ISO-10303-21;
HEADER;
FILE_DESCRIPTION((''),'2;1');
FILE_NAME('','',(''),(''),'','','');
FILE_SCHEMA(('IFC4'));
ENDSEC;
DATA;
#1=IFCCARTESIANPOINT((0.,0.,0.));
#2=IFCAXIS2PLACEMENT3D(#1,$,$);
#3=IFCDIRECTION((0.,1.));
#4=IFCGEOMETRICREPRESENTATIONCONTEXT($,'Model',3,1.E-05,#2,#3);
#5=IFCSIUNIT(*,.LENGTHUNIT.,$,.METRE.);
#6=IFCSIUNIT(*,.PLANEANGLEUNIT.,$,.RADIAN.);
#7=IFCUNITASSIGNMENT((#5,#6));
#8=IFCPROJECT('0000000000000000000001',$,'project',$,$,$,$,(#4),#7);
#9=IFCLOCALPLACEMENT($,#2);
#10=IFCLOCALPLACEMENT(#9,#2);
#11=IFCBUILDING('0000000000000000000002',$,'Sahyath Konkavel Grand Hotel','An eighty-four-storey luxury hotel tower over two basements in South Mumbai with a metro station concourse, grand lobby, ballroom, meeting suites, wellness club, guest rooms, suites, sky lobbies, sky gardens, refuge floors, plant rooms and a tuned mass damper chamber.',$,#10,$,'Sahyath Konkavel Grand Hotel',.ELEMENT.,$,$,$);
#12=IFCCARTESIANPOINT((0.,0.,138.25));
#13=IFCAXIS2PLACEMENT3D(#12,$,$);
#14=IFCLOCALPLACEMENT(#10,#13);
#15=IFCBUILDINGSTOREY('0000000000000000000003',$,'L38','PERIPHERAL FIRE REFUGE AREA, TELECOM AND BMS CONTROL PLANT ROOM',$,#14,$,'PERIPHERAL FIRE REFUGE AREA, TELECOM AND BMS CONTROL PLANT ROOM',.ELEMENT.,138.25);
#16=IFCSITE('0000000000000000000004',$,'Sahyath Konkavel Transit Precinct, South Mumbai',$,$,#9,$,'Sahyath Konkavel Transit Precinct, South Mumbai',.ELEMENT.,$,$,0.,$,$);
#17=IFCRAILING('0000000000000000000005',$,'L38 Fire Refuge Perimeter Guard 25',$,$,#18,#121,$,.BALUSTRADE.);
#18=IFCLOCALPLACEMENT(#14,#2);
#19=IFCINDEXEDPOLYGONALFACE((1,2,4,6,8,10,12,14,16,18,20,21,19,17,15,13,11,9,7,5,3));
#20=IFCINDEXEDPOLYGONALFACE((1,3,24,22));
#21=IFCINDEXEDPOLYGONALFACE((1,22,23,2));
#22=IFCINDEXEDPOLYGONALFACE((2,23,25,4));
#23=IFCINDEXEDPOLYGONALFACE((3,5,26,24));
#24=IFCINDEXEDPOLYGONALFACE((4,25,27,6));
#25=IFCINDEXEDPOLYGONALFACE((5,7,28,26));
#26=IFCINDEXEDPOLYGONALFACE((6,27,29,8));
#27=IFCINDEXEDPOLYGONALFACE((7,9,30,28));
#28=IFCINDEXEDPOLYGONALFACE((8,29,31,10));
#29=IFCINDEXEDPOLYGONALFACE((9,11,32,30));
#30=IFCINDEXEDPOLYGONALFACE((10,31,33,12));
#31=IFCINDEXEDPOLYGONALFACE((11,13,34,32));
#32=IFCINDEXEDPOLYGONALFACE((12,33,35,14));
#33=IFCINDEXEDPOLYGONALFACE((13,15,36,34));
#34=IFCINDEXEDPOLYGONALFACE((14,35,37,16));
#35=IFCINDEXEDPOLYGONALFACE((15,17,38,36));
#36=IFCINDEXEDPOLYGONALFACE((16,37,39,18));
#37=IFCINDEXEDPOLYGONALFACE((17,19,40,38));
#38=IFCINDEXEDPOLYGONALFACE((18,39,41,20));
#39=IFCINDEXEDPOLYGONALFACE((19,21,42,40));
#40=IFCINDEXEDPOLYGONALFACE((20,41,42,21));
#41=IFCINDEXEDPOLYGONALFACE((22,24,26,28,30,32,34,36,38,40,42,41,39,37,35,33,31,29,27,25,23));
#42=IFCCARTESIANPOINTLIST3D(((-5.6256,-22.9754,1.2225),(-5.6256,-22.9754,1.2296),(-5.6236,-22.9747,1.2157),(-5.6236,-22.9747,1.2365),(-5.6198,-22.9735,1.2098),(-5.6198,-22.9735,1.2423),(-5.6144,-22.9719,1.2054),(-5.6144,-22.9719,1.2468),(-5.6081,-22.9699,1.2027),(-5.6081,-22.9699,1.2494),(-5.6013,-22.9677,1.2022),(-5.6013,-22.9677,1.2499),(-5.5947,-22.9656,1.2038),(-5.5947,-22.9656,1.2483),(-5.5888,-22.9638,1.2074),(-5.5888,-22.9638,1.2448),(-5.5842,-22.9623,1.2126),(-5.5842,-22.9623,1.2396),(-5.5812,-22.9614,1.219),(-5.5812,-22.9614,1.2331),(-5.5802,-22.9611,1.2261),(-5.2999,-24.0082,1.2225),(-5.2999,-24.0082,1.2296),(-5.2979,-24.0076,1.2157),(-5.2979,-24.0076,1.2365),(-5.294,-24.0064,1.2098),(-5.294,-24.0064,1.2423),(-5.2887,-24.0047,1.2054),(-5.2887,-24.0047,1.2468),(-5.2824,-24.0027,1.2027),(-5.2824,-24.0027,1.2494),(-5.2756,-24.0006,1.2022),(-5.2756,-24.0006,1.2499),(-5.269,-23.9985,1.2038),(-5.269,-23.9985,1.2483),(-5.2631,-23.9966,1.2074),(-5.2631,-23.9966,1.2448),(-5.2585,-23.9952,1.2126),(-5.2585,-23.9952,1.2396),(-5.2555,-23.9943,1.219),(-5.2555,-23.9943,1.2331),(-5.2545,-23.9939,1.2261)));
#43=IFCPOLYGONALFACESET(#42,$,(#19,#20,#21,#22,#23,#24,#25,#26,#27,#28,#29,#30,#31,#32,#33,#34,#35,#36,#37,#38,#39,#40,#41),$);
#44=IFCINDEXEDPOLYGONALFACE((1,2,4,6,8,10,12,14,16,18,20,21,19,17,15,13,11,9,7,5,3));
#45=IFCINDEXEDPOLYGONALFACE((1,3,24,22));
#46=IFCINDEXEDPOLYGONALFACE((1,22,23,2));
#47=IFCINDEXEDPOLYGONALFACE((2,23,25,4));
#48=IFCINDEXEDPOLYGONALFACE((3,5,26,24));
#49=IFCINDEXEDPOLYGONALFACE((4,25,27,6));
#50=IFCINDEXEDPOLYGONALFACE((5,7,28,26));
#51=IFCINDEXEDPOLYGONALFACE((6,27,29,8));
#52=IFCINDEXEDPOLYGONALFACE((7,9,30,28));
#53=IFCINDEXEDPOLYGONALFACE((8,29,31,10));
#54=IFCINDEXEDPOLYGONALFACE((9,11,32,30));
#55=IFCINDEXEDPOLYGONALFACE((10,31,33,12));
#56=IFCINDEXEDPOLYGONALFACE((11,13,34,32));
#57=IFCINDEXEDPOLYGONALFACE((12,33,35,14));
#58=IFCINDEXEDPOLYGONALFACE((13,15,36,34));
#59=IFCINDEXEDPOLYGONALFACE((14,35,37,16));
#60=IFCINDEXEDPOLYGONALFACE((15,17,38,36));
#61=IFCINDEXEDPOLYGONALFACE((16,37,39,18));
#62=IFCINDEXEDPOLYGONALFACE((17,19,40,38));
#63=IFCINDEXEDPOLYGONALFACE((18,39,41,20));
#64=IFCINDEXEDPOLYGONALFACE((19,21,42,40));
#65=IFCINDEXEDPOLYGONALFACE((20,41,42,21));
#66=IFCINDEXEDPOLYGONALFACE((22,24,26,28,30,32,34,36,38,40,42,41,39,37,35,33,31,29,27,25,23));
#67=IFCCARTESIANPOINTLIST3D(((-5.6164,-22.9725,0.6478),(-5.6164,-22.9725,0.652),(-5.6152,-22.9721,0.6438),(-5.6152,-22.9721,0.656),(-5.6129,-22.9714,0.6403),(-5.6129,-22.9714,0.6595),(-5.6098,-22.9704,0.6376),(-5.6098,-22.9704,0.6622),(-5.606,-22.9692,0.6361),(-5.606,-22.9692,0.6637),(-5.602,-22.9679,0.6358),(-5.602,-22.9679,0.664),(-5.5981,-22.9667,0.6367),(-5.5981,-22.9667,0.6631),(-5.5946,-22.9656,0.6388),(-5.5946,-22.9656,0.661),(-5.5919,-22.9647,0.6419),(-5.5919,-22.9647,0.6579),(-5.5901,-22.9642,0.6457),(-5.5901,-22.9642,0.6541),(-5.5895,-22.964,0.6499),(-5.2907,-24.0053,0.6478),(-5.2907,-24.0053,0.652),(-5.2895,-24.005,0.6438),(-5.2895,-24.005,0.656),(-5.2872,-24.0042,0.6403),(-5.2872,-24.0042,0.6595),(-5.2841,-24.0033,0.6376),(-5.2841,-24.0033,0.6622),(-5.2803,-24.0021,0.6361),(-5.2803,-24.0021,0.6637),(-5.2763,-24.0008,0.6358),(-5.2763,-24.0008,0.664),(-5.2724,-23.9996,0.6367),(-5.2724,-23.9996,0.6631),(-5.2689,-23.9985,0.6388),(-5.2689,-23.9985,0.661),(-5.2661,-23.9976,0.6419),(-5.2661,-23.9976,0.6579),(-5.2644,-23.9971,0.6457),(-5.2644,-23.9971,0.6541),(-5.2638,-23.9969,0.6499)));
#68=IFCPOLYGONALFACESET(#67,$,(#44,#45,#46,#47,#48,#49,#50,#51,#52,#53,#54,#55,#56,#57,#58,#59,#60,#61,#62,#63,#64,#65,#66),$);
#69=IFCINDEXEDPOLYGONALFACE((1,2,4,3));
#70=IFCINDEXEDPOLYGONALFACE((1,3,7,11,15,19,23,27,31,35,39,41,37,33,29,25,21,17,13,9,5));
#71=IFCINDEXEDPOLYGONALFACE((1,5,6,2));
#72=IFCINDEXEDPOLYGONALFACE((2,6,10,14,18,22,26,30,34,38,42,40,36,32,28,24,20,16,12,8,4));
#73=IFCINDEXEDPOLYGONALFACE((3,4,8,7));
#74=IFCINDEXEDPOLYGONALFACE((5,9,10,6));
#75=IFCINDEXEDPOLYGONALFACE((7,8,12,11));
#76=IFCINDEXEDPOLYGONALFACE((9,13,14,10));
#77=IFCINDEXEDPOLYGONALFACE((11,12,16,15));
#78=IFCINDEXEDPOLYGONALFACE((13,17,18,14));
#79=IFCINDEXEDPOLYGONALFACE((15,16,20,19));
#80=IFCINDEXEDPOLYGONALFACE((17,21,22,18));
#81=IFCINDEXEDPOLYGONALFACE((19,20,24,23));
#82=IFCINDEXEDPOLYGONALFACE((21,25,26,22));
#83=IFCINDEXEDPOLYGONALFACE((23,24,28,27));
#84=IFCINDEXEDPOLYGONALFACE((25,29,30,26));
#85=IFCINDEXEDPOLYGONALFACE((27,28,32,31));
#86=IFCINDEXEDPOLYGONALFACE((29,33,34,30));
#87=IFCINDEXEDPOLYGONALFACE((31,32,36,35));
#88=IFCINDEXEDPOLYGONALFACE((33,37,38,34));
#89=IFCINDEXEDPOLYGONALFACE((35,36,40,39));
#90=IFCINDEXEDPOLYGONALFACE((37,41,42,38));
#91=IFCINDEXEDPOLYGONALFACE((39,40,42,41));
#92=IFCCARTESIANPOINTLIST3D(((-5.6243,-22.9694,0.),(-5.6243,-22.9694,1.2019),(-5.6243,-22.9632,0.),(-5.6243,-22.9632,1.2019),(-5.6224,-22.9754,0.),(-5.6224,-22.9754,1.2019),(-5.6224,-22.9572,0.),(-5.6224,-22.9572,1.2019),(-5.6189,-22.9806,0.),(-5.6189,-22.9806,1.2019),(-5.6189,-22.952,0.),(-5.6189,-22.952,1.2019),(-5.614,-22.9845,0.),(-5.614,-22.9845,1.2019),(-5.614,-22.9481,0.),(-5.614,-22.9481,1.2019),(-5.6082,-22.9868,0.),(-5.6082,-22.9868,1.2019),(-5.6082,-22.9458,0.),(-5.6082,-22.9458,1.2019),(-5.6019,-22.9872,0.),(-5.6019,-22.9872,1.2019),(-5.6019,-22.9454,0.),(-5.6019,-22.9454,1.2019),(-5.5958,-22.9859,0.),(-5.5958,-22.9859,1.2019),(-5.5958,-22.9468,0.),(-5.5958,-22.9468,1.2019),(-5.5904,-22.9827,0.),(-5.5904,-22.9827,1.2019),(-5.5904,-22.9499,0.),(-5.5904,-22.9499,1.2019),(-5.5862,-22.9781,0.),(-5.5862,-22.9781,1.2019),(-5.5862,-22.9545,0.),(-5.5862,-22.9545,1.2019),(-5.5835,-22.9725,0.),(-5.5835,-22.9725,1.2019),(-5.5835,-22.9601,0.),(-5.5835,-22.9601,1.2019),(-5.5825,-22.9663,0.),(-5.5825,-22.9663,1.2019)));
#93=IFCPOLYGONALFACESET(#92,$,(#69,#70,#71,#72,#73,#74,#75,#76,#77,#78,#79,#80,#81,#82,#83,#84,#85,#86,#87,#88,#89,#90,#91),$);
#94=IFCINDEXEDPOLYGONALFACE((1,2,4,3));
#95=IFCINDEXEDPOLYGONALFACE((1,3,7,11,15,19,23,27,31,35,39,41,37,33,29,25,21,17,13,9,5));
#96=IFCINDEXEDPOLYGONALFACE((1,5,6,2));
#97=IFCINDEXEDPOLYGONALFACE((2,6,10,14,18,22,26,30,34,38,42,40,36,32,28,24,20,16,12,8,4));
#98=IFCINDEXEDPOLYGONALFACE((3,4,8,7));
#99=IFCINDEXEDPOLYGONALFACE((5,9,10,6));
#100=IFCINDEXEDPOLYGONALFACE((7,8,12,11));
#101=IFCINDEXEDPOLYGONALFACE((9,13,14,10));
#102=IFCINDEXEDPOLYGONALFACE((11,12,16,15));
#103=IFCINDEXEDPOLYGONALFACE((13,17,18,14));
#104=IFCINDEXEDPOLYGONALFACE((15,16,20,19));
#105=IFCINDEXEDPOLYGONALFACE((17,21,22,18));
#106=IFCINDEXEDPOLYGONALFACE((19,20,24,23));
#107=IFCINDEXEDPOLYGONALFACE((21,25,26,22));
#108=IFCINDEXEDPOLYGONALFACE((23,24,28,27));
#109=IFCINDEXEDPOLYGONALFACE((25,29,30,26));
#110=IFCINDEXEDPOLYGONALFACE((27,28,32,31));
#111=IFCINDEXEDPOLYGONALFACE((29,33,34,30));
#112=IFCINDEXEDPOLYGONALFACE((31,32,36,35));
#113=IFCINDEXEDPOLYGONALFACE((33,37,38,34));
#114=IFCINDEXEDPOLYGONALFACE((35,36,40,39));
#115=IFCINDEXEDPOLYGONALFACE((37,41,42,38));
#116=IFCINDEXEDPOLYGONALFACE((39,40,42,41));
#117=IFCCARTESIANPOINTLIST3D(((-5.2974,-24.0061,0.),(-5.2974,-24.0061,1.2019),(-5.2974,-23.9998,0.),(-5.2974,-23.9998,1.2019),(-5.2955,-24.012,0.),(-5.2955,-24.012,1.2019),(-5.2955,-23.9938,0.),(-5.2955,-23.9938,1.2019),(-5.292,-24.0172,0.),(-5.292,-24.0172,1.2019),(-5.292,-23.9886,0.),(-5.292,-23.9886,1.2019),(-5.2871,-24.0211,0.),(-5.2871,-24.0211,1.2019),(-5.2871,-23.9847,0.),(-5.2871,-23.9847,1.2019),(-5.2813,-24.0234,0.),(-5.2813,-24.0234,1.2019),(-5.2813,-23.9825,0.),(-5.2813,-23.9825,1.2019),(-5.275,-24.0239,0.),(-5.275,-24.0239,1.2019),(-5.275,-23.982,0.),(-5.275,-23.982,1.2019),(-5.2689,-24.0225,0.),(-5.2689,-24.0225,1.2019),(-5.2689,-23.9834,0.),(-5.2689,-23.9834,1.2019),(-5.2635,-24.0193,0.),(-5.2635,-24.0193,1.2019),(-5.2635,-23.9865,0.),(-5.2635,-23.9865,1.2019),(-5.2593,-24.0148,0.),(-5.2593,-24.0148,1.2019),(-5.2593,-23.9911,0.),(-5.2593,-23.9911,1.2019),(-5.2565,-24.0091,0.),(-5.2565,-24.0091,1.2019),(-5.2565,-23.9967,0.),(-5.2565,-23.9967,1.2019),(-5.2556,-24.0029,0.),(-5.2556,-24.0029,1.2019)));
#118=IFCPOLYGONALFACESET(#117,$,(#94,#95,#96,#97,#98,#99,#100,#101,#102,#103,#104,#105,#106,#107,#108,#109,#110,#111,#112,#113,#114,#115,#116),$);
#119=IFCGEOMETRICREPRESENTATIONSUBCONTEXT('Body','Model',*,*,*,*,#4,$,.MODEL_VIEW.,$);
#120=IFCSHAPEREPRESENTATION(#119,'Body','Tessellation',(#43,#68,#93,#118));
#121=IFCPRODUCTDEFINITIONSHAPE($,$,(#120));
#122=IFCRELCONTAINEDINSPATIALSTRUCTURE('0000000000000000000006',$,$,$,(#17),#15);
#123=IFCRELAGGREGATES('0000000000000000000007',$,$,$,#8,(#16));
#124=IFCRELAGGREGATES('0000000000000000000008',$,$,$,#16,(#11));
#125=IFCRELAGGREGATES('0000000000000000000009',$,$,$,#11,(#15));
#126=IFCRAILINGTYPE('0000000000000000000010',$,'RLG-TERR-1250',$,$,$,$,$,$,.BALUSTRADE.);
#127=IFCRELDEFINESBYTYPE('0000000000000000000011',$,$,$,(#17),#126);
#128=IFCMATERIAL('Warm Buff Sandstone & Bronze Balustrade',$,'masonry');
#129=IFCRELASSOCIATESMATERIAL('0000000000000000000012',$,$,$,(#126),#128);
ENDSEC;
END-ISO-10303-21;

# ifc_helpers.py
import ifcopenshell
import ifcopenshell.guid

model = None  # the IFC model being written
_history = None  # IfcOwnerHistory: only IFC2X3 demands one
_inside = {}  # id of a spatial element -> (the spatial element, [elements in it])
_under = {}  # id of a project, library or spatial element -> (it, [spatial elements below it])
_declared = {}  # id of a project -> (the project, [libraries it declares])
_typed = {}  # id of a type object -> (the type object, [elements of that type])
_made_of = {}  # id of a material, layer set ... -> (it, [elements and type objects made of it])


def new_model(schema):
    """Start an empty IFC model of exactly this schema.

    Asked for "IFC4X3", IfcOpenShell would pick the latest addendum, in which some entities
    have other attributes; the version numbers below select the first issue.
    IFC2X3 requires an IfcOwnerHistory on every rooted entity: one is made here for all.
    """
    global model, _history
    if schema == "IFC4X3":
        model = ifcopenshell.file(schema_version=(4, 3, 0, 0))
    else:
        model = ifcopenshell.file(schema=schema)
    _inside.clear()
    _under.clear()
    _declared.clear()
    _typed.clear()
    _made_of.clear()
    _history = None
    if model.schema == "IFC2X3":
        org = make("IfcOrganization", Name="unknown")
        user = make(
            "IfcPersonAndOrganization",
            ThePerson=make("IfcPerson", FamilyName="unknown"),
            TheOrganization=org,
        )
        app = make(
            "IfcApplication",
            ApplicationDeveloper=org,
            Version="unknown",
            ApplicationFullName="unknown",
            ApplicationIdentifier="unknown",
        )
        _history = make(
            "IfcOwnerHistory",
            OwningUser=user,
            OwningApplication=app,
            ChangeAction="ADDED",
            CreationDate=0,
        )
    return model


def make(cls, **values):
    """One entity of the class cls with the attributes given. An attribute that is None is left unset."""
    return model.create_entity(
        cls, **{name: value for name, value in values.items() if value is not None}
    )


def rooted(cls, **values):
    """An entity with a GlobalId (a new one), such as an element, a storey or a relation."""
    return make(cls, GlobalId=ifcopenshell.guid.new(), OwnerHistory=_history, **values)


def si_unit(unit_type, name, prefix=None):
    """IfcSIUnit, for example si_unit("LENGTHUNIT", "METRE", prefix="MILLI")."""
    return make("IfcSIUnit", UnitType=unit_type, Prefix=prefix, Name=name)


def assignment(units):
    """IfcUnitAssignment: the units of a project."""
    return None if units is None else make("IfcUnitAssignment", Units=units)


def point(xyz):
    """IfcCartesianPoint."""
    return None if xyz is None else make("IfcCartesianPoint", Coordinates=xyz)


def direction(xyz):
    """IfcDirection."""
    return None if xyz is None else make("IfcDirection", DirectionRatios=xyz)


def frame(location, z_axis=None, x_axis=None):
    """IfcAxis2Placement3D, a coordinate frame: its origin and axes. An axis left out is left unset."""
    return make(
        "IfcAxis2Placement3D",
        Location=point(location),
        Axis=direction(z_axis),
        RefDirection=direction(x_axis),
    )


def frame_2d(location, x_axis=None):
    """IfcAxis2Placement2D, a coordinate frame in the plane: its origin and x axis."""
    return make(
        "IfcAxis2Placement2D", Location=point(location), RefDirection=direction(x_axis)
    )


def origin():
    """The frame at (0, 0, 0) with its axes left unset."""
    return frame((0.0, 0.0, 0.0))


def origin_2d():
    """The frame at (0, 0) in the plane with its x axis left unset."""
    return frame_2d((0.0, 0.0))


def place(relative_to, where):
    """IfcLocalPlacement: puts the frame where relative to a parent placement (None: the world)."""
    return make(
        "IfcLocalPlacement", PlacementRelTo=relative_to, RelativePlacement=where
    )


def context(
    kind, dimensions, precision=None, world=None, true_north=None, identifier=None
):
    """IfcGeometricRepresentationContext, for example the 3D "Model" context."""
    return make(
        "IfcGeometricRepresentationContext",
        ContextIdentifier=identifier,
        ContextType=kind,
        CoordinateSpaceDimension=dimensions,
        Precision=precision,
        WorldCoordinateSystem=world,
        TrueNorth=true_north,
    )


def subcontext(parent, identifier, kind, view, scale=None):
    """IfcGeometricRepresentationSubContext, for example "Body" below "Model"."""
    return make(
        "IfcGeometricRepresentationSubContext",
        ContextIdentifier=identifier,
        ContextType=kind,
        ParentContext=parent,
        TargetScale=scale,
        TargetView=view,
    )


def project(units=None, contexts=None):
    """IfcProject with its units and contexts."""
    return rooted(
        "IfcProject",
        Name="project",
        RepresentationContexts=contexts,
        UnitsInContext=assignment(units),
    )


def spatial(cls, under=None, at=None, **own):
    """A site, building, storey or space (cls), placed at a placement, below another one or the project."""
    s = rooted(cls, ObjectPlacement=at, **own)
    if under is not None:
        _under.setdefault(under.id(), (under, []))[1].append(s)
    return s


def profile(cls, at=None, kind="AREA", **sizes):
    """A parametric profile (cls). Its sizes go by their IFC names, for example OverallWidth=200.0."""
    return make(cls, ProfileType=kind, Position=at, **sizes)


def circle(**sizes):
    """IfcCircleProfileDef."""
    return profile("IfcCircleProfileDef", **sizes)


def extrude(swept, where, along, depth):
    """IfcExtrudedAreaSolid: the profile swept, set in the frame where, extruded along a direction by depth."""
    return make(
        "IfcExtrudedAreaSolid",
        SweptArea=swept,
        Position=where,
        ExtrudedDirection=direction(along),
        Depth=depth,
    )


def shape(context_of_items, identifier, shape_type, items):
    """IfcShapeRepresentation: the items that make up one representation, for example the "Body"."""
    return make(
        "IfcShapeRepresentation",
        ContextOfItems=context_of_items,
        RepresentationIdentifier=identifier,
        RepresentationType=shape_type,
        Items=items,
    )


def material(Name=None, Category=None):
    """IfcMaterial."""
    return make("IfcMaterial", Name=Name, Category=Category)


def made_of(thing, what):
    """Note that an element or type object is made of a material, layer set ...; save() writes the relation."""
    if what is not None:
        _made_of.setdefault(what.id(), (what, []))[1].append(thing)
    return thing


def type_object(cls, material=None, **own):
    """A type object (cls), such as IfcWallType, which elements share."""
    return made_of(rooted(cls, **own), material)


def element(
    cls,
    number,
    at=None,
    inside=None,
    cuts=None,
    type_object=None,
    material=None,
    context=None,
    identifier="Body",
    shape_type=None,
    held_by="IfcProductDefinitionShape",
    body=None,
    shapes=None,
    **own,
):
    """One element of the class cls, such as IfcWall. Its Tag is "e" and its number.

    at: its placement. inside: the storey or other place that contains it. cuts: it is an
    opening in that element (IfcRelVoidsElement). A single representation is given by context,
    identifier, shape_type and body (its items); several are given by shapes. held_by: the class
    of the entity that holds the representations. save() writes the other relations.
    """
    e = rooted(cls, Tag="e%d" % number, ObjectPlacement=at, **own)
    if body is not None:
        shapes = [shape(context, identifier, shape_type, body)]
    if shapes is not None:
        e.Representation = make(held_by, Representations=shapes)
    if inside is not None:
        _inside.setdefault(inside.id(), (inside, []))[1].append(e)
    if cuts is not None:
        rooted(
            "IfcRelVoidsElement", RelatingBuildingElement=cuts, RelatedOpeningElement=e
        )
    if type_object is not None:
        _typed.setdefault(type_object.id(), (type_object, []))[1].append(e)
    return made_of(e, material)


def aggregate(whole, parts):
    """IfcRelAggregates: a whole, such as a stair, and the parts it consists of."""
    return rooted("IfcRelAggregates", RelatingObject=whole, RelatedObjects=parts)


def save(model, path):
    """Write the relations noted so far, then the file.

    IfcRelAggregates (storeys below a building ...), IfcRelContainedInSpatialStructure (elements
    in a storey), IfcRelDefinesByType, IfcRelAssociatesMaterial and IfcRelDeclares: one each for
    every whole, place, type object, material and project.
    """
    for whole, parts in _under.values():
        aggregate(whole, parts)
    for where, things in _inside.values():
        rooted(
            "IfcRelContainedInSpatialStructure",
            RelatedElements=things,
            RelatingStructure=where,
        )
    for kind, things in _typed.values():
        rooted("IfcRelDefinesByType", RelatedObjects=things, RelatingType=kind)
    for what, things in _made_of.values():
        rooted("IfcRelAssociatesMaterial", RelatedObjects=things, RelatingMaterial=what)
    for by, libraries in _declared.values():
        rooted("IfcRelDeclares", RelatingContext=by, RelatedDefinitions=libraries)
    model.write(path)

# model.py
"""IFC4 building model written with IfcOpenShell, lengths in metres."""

from ifc_helpers import new_model, si_unit, direction, frame, origin, origin_2d, place, context, subcontext, project, spatial, circle, extrude, material, type_object, element, save


model = new_model("IFC4")

# Units and contexts
model_context = context("Model", 3, precision=1e-05, world=origin(), true_north=direction((0.0, 1.0)))
body_context = subcontext(model_context, "Body", "Model", "MODEL_VIEW")
ifc_project = project(units=[si_unit("LENGTHUNIT", "METRE"), si_unit("PLANEANGLEUNIT", "RADIAN")], contexts=[model_context])

# Site, building, storey
site_placement = place(None, origin())
site = spatial("IfcSite", under=ifc_project, at=site_placement, Name="Sahyath Konkavel Transit Precinct, South Mumbai", LongName="Sahyath Konkavel Transit Precinct, South Mumbai", CompositionType="ELEMENT", RefElevation=0.0)
building_placement = place(site_placement, origin())
building = spatial("IfcBuilding", under=site, at=building_placement, Name="Sahyath Konkavel Grand Hotel", Description="An eighty-four-storey luxury hotel tower over two basements in South Mumbai with a metro station concourse, grand lobby, ballroom, meeting suites, wellness club, guest rooms, suites, sky lobbies, sky gardens, refuge floors, plant rooms and a tuned mass damper chamber.", LongName="Sahyath Konkavel Grand Hotel", CompositionType="ELEMENT")
storey_placement = place(building_placement, frame((0.0, 0.0, 138.25)))
storey = spatial("IfcBuildingStorey", under=building, at=storey_placement, Name="L38", Description="PERIPHERAL FIRE REFUGE AREA, TELECOM AND BMS CONTROL PLANT ROOM", LongName="PERIPHERAL FIRE REFUGE AREA, TELECOM AND BMS CONTROL PLANT ROOM", CompositionType="ELEMENT", Elevation=138.25)

# Railing
ifc_material_1 = material(Name="Warm Buff Sandstone & Bronze Balustrade", Category="masonry")
railing_type = type_object("IfcRailingType", Name="RLG-TERR-1250", PredefinedType="BALUSTRADE", material=ifc_material_1)
railing_1_placement = place(storey_placement, frame((-5.6035, -22.9663, 0.0)))
element("IfcRailing", 1, at=railing_1_placement, inside=storey, type_object=railing_type, Name="L38 Fire Refuge Perimeter Guard 25", PredefinedType="BALUSTRADE", context=body_context, shape_type="SweptSolid", body=[
    extrude(circle(Radius=0.0239, at=origin_2d()), frame((0.0005, -0.002, 1.2261), z_axis=(0.300755, -0.953701, 0.0), x_axis=(0.953701, 0.300755, 0.0)), (0.0, 0.0, 1.0), 1.083),
    extrude(circle(Radius=0.0142, at=origin_2d()), frame((0.0005, -0.002, 0.6499), z_axis=(0.300755, -0.953701, 0.0), x_axis=(0.953701, 0.300755, 0.0)), (0.0, 0.0, 1.0), 1.083),
    extrude(circle(Radius=0.021, at=origin_2d()), origin(), (0.0, 0.0, 1.0), 1.2019),
    extrude(circle(Radius=0.021, at=origin_2d()), frame((0.3269, -1.0366, 0.0)), (0.0, 0.0, 1.0), 1.2019),
])

save(model, "model.ifc")
